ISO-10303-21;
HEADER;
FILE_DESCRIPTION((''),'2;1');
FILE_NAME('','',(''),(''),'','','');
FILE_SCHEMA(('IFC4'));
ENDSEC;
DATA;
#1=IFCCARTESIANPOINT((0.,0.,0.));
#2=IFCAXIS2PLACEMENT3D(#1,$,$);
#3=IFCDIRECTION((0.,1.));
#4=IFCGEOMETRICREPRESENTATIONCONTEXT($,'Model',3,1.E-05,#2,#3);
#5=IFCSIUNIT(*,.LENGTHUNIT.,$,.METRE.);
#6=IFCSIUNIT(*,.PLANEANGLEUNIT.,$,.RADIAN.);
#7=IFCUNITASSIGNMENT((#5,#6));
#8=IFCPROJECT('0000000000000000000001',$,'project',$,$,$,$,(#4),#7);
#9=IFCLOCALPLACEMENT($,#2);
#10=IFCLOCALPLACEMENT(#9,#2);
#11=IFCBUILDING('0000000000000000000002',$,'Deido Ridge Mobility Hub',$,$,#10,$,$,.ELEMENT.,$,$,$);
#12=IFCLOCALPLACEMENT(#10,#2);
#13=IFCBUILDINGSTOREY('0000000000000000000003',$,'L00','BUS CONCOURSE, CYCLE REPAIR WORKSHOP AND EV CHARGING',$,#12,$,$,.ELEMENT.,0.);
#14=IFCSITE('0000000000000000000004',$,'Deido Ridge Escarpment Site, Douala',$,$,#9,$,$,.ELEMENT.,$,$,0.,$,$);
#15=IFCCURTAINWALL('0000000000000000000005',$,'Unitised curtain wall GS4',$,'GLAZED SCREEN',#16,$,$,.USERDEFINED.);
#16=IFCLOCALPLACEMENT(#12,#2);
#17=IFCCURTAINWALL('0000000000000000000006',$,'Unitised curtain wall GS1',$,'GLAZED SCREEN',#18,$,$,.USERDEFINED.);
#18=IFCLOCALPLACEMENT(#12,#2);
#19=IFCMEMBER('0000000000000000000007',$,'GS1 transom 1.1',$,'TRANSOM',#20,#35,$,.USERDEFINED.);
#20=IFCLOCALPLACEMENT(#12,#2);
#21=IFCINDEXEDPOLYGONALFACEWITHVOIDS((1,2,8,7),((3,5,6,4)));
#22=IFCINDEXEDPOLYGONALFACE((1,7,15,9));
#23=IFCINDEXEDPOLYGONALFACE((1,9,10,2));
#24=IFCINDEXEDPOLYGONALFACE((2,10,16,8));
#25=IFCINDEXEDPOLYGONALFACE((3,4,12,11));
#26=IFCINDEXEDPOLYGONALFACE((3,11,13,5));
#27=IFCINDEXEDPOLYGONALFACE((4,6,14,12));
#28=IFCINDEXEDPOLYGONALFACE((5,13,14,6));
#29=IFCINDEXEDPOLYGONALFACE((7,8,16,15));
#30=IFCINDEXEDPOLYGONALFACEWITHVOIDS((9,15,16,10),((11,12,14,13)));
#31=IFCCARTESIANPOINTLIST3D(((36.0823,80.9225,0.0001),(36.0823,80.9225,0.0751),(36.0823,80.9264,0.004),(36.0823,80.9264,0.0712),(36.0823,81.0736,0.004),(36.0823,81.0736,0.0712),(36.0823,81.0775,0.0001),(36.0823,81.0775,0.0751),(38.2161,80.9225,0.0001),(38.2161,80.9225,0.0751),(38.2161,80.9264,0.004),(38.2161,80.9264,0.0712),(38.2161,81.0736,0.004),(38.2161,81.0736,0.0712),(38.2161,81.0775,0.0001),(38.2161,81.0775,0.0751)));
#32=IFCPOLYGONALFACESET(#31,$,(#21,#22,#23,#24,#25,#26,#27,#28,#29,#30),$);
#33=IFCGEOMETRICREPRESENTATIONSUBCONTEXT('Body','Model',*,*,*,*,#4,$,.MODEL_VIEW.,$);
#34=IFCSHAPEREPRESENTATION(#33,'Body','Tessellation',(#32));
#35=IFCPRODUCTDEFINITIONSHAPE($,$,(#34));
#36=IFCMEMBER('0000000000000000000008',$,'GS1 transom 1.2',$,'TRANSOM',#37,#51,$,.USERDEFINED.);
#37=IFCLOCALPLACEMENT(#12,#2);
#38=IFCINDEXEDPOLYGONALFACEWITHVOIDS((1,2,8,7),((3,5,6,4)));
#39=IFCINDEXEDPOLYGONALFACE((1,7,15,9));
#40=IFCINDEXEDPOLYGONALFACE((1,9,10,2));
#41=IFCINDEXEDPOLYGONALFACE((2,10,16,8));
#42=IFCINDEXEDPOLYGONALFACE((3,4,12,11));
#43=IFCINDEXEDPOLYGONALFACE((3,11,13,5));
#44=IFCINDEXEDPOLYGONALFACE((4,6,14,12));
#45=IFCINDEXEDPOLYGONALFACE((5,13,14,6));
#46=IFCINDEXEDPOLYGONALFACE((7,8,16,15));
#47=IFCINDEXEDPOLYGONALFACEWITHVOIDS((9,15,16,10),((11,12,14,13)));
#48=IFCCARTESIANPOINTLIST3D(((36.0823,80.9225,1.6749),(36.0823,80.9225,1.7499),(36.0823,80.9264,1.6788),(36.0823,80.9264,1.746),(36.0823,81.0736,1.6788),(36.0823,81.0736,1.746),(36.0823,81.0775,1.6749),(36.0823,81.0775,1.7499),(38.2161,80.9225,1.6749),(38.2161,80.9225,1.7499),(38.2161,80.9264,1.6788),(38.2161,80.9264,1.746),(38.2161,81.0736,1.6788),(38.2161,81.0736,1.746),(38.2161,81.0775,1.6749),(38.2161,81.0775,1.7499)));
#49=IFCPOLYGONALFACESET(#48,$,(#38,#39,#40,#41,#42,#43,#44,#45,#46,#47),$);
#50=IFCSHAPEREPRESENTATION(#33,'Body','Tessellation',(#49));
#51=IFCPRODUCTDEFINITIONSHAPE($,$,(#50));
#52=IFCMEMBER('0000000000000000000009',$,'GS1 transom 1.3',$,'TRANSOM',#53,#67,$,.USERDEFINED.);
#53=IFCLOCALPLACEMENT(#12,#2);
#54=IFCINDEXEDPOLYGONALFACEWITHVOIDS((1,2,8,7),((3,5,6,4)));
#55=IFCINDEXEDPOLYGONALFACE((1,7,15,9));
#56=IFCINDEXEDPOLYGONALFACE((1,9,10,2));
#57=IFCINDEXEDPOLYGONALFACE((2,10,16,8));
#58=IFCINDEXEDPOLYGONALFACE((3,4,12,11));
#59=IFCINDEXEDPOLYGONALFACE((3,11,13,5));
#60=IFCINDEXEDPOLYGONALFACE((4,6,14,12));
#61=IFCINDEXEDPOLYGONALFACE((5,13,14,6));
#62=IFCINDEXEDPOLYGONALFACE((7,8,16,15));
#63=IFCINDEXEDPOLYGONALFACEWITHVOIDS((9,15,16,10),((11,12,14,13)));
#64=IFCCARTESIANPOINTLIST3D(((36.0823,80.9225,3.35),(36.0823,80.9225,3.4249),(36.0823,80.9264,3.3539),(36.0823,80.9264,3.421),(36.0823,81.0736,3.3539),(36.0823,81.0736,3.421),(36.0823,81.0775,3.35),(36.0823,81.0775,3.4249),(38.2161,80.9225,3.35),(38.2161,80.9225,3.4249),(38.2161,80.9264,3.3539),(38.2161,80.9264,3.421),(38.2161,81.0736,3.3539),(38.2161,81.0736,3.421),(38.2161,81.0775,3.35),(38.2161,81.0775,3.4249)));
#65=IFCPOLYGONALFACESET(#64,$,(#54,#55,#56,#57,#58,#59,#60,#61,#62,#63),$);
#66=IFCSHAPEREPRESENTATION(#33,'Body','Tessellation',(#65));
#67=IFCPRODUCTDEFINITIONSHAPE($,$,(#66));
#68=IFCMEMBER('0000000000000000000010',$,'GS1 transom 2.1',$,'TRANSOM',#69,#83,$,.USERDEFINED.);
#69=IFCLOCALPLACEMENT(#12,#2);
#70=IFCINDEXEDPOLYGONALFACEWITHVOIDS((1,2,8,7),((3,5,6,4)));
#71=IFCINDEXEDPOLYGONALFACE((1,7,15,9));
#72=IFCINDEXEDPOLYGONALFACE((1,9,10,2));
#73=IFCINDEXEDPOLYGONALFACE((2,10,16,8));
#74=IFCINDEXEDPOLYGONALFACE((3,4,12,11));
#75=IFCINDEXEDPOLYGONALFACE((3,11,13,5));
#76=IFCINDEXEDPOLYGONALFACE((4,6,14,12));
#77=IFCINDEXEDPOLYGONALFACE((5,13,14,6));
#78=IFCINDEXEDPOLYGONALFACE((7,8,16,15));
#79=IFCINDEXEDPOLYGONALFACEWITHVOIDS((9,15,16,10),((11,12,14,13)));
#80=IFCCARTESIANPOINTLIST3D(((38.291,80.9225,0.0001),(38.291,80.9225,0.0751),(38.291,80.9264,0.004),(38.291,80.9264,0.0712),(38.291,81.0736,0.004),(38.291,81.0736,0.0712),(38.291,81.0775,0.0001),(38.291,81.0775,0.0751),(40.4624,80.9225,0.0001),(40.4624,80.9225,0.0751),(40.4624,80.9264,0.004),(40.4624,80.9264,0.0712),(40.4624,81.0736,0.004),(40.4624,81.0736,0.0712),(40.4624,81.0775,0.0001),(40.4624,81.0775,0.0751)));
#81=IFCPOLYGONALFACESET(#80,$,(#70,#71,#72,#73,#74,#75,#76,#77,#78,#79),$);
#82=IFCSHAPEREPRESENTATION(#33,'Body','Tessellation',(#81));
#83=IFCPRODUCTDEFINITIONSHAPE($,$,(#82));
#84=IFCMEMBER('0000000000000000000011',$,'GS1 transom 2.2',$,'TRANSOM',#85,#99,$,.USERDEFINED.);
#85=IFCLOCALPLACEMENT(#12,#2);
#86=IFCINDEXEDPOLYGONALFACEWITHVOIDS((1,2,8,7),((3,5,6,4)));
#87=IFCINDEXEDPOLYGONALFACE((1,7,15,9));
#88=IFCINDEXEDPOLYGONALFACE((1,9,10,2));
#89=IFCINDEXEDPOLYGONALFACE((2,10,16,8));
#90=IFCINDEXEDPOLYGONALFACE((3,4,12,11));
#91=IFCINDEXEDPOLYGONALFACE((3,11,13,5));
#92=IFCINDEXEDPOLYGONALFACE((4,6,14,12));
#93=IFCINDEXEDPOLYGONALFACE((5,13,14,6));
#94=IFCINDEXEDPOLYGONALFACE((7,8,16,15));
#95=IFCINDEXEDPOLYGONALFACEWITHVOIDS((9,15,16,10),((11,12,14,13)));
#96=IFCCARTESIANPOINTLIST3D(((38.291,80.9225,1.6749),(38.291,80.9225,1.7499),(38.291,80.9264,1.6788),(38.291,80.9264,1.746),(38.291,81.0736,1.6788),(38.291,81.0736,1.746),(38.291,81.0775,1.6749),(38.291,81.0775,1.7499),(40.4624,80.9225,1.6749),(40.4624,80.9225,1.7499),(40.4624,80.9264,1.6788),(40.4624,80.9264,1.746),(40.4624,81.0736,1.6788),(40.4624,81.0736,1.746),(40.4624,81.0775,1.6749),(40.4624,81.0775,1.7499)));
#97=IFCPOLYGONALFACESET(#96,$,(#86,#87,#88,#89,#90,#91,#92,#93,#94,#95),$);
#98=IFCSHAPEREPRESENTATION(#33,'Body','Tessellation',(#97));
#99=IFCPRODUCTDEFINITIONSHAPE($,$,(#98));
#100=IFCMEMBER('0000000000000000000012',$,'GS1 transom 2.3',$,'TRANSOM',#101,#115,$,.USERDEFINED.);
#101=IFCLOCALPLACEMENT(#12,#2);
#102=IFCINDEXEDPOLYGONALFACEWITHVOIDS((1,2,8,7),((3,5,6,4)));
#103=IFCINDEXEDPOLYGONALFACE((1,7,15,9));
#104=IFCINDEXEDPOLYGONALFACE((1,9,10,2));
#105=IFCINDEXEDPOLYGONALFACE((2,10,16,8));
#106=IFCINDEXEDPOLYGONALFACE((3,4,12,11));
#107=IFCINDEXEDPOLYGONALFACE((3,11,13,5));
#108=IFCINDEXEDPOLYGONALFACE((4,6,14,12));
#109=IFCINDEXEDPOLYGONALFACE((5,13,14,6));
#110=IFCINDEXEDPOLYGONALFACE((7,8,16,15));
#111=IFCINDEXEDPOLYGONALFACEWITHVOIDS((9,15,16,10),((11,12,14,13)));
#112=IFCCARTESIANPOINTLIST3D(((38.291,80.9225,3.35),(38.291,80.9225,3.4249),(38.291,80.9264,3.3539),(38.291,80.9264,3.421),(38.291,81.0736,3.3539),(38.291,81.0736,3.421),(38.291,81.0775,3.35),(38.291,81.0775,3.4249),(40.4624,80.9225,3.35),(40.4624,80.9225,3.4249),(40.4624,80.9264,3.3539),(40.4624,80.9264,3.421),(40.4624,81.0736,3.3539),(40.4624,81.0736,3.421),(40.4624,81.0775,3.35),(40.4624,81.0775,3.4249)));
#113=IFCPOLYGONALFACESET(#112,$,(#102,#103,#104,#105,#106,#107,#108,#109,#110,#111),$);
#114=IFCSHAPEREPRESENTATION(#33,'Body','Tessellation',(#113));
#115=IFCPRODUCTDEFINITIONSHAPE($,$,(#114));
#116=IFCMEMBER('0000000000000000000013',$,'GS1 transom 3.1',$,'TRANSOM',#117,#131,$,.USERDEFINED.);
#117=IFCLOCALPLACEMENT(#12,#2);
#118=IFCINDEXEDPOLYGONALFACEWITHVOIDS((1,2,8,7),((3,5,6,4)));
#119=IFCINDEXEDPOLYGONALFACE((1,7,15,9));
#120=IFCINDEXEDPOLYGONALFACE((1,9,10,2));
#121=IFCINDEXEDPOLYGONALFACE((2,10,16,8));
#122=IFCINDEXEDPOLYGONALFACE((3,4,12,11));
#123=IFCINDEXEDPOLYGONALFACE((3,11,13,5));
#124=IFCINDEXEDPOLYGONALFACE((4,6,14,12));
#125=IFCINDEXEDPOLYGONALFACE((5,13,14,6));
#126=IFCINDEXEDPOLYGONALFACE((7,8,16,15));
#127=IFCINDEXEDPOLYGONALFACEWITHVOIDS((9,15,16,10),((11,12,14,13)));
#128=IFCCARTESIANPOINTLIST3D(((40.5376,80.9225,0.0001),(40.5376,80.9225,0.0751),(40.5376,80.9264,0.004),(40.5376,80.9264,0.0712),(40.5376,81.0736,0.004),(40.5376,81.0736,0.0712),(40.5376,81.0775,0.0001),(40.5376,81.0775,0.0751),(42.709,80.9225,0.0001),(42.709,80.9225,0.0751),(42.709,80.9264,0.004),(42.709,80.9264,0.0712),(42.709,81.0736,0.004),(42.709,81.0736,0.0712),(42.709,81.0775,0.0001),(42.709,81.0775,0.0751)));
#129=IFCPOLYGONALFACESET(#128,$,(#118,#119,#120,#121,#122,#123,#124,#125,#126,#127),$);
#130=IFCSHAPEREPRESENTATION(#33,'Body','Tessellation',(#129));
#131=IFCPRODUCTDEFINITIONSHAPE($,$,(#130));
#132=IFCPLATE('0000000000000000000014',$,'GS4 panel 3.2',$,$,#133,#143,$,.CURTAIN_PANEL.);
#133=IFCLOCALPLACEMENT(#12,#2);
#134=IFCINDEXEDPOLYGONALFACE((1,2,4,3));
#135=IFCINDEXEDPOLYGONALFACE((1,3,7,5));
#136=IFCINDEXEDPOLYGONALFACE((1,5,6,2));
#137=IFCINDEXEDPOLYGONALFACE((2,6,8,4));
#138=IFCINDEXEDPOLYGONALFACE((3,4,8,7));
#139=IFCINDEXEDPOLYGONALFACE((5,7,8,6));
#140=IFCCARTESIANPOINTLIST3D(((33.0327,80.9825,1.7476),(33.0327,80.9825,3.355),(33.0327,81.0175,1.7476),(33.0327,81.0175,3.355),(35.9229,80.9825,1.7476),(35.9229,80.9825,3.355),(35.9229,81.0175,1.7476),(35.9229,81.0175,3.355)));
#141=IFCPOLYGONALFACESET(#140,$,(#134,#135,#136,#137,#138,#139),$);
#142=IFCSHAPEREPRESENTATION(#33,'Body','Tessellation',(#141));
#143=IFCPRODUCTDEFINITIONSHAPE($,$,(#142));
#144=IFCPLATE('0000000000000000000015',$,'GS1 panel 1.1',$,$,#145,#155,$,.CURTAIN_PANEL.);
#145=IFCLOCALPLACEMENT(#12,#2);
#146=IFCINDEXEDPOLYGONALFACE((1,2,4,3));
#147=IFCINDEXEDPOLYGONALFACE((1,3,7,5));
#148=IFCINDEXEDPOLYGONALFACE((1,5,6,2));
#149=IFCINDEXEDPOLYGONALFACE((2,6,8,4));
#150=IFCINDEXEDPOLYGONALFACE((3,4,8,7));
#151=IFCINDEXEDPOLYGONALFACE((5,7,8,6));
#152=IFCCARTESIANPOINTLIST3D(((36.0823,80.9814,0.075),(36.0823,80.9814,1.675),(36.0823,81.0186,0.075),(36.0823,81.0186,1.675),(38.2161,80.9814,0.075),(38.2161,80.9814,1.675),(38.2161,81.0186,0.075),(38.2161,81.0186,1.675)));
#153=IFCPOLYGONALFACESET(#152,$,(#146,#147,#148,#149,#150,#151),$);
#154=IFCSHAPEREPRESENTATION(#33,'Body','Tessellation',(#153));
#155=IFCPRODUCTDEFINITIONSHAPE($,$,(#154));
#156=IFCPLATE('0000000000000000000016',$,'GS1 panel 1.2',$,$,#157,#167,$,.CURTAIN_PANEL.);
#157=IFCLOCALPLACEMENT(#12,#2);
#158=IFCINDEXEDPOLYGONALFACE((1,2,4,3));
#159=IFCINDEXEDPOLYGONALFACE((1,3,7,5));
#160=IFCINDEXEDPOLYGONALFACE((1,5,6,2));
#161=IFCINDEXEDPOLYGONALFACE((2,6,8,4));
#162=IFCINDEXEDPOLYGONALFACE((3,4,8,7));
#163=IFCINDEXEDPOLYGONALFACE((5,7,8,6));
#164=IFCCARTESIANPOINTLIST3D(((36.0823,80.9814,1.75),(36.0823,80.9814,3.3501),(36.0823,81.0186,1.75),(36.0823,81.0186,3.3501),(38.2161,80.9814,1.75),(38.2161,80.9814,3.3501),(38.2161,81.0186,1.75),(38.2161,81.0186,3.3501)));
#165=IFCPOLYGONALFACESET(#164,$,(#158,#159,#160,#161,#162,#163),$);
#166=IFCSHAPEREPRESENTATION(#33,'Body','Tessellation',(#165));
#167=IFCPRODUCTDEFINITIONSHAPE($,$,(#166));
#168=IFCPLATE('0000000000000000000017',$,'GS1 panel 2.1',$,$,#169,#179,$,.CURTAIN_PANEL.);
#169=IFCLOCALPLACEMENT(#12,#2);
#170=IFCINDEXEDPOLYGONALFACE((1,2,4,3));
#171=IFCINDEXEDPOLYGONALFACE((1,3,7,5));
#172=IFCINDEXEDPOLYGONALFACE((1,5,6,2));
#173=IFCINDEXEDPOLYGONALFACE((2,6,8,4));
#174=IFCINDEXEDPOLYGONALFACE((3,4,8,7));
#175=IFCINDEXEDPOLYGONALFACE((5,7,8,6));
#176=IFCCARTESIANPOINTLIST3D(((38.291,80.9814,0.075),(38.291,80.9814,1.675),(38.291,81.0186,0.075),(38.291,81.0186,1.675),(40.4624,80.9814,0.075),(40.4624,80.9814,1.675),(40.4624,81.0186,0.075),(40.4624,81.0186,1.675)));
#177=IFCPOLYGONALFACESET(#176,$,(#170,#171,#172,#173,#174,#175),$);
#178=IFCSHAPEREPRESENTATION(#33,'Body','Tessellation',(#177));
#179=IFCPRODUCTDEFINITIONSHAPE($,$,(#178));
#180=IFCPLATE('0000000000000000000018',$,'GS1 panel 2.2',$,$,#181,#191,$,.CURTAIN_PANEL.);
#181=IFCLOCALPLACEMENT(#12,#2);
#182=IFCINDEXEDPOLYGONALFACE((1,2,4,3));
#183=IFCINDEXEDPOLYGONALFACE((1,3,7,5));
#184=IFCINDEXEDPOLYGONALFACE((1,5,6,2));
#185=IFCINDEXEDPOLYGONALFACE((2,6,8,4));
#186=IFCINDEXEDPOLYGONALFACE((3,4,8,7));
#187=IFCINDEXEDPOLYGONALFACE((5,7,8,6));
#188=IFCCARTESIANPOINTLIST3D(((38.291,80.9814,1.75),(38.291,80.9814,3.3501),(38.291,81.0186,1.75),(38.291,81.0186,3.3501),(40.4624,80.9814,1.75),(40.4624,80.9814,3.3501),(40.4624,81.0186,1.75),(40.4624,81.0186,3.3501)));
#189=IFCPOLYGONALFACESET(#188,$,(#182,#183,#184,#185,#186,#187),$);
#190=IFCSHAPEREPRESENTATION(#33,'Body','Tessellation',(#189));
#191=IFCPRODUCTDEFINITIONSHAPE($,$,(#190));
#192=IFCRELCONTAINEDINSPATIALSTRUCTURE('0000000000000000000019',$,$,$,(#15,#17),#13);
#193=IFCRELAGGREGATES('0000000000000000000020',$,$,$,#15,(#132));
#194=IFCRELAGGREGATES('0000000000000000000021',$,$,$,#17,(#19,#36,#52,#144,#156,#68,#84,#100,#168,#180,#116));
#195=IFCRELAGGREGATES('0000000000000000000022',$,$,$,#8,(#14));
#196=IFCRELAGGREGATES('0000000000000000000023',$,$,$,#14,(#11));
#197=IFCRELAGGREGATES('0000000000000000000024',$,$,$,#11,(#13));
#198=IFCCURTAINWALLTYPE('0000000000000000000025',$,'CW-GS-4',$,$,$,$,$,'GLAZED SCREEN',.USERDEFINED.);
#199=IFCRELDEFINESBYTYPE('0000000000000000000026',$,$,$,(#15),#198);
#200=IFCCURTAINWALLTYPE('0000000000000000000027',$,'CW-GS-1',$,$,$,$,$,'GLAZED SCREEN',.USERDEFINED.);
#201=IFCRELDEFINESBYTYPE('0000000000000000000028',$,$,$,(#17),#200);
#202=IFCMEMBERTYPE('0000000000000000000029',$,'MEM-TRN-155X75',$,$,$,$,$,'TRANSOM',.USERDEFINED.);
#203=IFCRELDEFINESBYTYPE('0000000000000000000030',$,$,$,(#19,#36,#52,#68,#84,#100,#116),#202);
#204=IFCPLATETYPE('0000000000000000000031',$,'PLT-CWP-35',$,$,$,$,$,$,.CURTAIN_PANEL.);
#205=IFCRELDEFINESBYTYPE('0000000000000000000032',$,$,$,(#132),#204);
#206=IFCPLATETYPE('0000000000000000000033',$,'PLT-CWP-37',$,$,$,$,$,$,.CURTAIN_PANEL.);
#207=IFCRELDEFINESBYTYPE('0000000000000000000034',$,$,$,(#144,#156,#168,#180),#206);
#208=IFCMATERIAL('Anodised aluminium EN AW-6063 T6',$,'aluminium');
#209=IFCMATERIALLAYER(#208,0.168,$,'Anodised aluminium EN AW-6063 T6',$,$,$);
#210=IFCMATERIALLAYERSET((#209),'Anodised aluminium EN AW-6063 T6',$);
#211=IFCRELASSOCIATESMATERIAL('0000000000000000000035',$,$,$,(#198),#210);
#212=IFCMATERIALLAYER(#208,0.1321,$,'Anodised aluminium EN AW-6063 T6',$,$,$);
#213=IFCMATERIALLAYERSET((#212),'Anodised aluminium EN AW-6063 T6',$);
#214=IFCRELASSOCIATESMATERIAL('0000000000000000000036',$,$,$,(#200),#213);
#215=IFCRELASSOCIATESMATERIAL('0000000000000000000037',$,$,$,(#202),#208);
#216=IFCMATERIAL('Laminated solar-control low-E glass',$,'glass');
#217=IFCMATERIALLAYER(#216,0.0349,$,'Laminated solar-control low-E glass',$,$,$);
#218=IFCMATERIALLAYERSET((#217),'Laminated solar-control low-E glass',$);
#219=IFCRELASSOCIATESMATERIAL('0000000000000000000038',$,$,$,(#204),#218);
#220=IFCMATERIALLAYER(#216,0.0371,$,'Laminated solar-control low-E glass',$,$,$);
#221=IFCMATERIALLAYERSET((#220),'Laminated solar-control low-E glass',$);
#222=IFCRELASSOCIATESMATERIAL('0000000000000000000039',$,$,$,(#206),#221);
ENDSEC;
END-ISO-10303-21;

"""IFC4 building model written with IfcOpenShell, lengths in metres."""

from ifc_helpers import new_model, si_unit, direction, frame, origin, origin_2d, place, context, subcontext, project, spatial, rectangle, hollow_rectangle, extrude, material, layer, layer_set, material_profile, profile_set, type_object, element, aggregate, save


model = new_model("IFC4")

# Units and contexts
model_context = context("Model", 3, precision=1e-05, world=origin(), true_north=direction((0.0, 1.0)))
body_context = subcontext(model_context, "Body", "Model", "MODEL_VIEW")
ifc_project = project(units=[si_unit("LENGTHUNIT", "METRE"), si_unit("PLANEANGLEUNIT", "RADIAN")], contexts=[model_context])

# Site, building, storey
site_placement = place(None, origin())
site = spatial("IfcSite", under=ifc_project, at=site_placement, Name="Deido Ridge Escarpment Site, Douala", CompositionType="ELEMENT", RefElevation=0.0)
building_placement = place(site_placement, origin())
building = spatial("IfcBuilding", under=site, at=building_placement, Name="Deido Ridge Mobility Hub", CompositionType="ELEMENT")
storey_placement = place(building_placement, origin())
storey = spatial("IfcBuildingStorey", under=building, at=storey_placement, Name="L00", Description="BUS CONCOURSE, CYCLE REPAIR WORKSHOP AND EV CHARGING", CompositionType="ELEMENT", Elevation=0.0)

# Curtain wall
ifc_material_1 = material(Name="Anodised aluminium EN AW-6063 T6", Category="aluminium")
ifc_layer_1 = layer(ifc_material_1, 0.168, Name="Anodised aluminium EN AW-6063 T6")
ifc_layer_set_1 = layer_set([ifc_layer_1], Name="Anodised aluminium EN AW-6063 T6")
curtain_wall_type_1 = type_object("IfcCurtainWallType", Name="CW-GS-4", ElementType="GLAZED SCREEN", PredefinedType="USERDEFINED", material=ifc_layer_set_1)
curtain_wall_1_placement = place(storey_placement, origin())
curtain_wall_1 = element("IfcCurtainWall", 1, at=curtain_wall_1_placement, inside=storey, type_object=curtain_wall_type_1, Name="Unitised curtain wall GS4", ObjectType="GLAZED SCREEN", PredefinedType="USERDEFINED")

# Curtain wall, members
ifc_layer_2 = layer(ifc_material_1, 0.1321, Name="Anodised aluminium EN AW-6063 T6")
ifc_layer_set_2 = layer_set([ifc_layer_2], Name="Anodised aluminium EN AW-6063 T6")
curtain_wall_type_2 = type_object("IfcCurtainWallType", Name="CW-GS-1", ElementType="GLAZED SCREEN", PredefinedType="USERDEFINED", material=ifc_layer_set_2)
curtain_wall_2_placement = place(storey_placement, origin())
curtain_wall_2 = element("IfcCurtainWall", 2, at=curtain_wall_2_placement, inside=storey, type_object=curtain_wall_type_2, Name="Unitised curtain wall GS1", ObjectType="GLAZED SCREEN", PredefinedType="USERDEFINED")
ifc_material_profile_1 = material_profile(ifc_material_1, hollow_rectangle(XDim=0.155, YDim=0.075, WallThickness=0.0039, at=origin_2d()), Name="RHS 155x75x4")
ifc_profile_set_1 = profile_set([ifc_material_profile_1], Name="Anodised aluminium EN AW-6063 T6")
member_type_1 = type_object("IfcMemberType", Name="MEM-TRN-155X75", ElementType="TRANSOM", PredefinedType="USERDEFINED", material=ifc_profile_set_1)
member_1_placement = place(storey_placement, frame((36.0823, 81.0, 0.0376), z_axis=(1.0, 0.0, 0.0), x_axis=(0.0, 1.0, 0.0)))
member_1 = element("IfcMember", 3, at=member_1_placement, type_object=member_type_1, Name="GS1 transom 1.1", ObjectType="TRANSOM", PredefinedType="USERDEFINED", context=body_context, shape_type="SweptSolid", body=[
    extrude(hollow_rectangle(XDim=0.155, YDim=0.075, WallThickness=0.0039, at=origin_2d()), origin(), (0.0, 0.0, 1.0), 2.1338),
])
member_2_placement = place(storey_placement, frame((36.0823, 81.0, 1.7124), z_axis=(1.0, 0.0, 0.0), x_axis=(0.0, 1.0, 0.0)))
member_2 = element("IfcMember", 4, at=member_2_placement, type_object=member_type_1, Name="GS1 transom 1.2", ObjectType="TRANSOM", PredefinedType="USERDEFINED", context=body_context, shape_type="SweptSolid", body=[
    extrude(hollow_rectangle(XDim=0.155, YDim=0.075, WallThickness=0.0039, at=origin_2d()), origin(), (0.0, 0.0, 1.0), 2.1338),
])
member_3_placement = place(storey_placement, frame((36.0823, 81.0, 3.3875), z_axis=(1.0, 0.0, 0.0), x_axis=(0.0, 1.0, 0.0)))
member_3 = element("IfcMember", 5, at=member_3_placement, type_object=member_type_1, Name="GS1 transom 1.3", ObjectType="TRANSOM", PredefinedType="USERDEFINED", context=body_context, shape_type="SweptSolid", body=[
    extrude(hollow_rectangle(XDim=0.155, YDim=0.075, WallThickness=0.0039, at=origin_2d()), origin(), (0.0, 0.0, 1.0), 2.1338),
])
member_4_placement = place(storey_placement, frame((38.291, 81.0, 0.0376), z_axis=(1.0, 0.0, 0.0), x_axis=(0.0, 1.0, 0.0)))
member_4 = element("IfcMember", 6, at=member_4_placement, type_object=member_type_1, Name="GS1 transom 2.1", ObjectType="TRANSOM", PredefinedType="USERDEFINED", context=body_context, shape_type="SweptSolid", body=[
    extrude(hollow_rectangle(XDim=0.155, YDim=0.075, WallThickness=0.0039, at=origin_2d()), origin(), (0.0, 0.0, 1.0), 2.1714),
])
member_5_placement = place(storey_placement, frame((38.291, 81.0, 1.7124), z_axis=(1.0, 0.0, 0.0), x_axis=(0.0, 1.0, 0.0)))
member_5 = element("IfcMember", 7, at=member_5_placement, type_object=member_type_1, Name="GS1 transom 2.2", ObjectType="TRANSOM", PredefinedType="USERDEFINED", context=body_context, shape_type="SweptSolid", body=[
    extrude(hollow_rectangle(XDim=0.155, YDim=0.075, WallThickness=0.0039, at=origin_2d()), origin(), (0.0, 0.0, 1.0), 2.1714),
])
member_6_placement = place(storey_placement, frame((38.291, 81.0, 3.3875), z_axis=(1.0, 0.0, 0.0), x_axis=(0.0, 1.0, 0.0)))
member_6 = element("IfcMember", 8, at=member_6_placement, type_object=member_type_1, Name="GS1 transom 2.3", ObjectType="TRANSOM", PredefinedType="USERDEFINED", context=body_context, shape_type="SweptSolid", body=[
    extrude(hollow_rectangle(XDim=0.155, YDim=0.075, WallThickness=0.0039, at=origin_2d()), origin(), (0.0, 0.0, 1.0), 2.1714),
])
member_7_placement = place(storey_placement, frame((40.5376, 81.0, 0.0376), z_axis=(1.0, 0.0, 0.0), x_axis=(0.0, 1.0, 0.0)))
member_7 = element("IfcMember", 9, at=member_7_placement, type_object=member_type_1, Name="GS1 transom 3.1", ObjectType="TRANSOM", PredefinedType="USERDEFINED", context=body_context, shape_type="SweptSolid", body=[
    extrude(hollow_rectangle(XDim=0.155, YDim=0.075, WallThickness=0.0039, at=origin_2d()), origin(), (0.0, 0.0, 1.0), 2.1714),
])

# Plates
ifc_material_2 = material(Name="Laminated solar-control low-E glass", Category="glass")
ifc_layer_3 = layer(ifc_material_2, 0.0349, Name="Laminated solar-control low-E glass")
ifc_layer_set_3 = layer_set([ifc_layer_3], Name="Laminated solar-control low-E glass")
plate_type_1 = type_object("IfcPlateType", Name="PLT-CWP-35", PredefinedType="CURTAIN_PANEL", material=ifc_layer_set_3)
plate_1_placement = place(storey_placement, frame((34.4778, 81.0, 1.7476), z_axis=(0.0, 0.0, 1.0), x_axis=(1.0, 0.0, 0.0)))
plate_1 = element("IfcPlate", 10, at=plate_1_placement, type_object=plate_type_1, Name="GS4 panel 3.2", PredefinedType="CURTAIN_PANEL", context=body_context, shape_type="SweptSolid", body=[
    extrude(rectangle(XDim=2.8901, YDim=0.0349, at=origin_2d()), origin(), (0.0, 0.0, 1.0), 1.6074),
])
aggregate(curtain_wall_1, [plate_1])
ifc_layer_4 = layer(ifc_material_2, 0.0371, Name="Laminated solar-control low-E glass")
ifc_layer_set_4 = layer_set([ifc_layer_4], Name="Laminated solar-control low-E glass")
plate_type_2 = type_object("IfcPlateType", Name="PLT-CWP-37", PredefinedType="CURTAIN_PANEL", material=ifc_layer_set_4)
plate_2_placement = place(storey_placement, frame((37.1492, 81.0, 0.075), z_axis=(0.0, 0.0, 1.0), x_axis=(1.0, 0.0, 0.0)))
plate_2 = element("IfcPlate", 11, at=plate_2_placement, type_object=plate_type_2, Name="GS1 panel 1.1", PredefinedType="CURTAIN_PANEL", context=body_context, shape_type="SweptSolid", body=[
    extrude(rectangle(XDim=2.1338, YDim=0.0371, at=origin_2d()), origin(), (0.0, 0.0, 1.0), 1.6001),
])
plate_3_placement = place(storey_placement, frame((37.1492, 81.0, 1.75), z_axis=(0.0, 0.0, 1.0), x_axis=(1.0, 0.0, 0.0)))
plate_3 = element("IfcPlate", 12, at=plate_3_placement, type_object=plate_type_2, Name="GS1 panel 1.2", PredefinedType="CURTAIN_PANEL", context=body_context, shape_type="SweptSolid", body=[
    extrude(rectangle(XDim=2.1338, YDim=0.0371, at=origin_2d()), origin(), (0.0, 0.0, 1.0), 1.6001),
])
plate_4_placement = place(storey_placement, frame((39.3767, 81.0, 0.075), z_axis=(0.0, 0.0, 1.0), x_axis=(1.0, 0.0, 0.0)))
plate_4 = element("IfcPlate", 13, at=plate_4_placement, type_object=plate_type_2, Name="GS1 panel 2.1", PredefinedType="CURTAIN_PANEL", context=body_context, shape_type="SweptSolid", body=[
    extrude(rectangle(XDim=2.1714, YDim=0.0371, at=origin_2d()), origin(), (0.0, 0.0, 1.0), 1.6001),
])
plate_5_placement = place(storey_placement, frame((39.3767, 81.0, 1.75), z_axis=(0.0, 0.0, 1.0), x_axis=(1.0, 0.0, 0.0)))
plate_5 = element("IfcPlate", 14, at=plate_5_placement, type_object=plate_type_2, Name="GS1 panel 2.2", PredefinedType="CURTAIN_PANEL", context=body_context, shape_type="SweptSolid", body=[
    extrude(rectangle(XDim=2.1714, YDim=0.0371, at=origin_2d()), origin(), (0.0, 0.0, 1.0), 1.6001),
])
aggregate(curtain_wall_2, [member_1, member_2, member_3, plate_2, plate_3, member_4, member_5, member_6, plate_4, plate_5, member_7])

save(model, "model.ifc")
